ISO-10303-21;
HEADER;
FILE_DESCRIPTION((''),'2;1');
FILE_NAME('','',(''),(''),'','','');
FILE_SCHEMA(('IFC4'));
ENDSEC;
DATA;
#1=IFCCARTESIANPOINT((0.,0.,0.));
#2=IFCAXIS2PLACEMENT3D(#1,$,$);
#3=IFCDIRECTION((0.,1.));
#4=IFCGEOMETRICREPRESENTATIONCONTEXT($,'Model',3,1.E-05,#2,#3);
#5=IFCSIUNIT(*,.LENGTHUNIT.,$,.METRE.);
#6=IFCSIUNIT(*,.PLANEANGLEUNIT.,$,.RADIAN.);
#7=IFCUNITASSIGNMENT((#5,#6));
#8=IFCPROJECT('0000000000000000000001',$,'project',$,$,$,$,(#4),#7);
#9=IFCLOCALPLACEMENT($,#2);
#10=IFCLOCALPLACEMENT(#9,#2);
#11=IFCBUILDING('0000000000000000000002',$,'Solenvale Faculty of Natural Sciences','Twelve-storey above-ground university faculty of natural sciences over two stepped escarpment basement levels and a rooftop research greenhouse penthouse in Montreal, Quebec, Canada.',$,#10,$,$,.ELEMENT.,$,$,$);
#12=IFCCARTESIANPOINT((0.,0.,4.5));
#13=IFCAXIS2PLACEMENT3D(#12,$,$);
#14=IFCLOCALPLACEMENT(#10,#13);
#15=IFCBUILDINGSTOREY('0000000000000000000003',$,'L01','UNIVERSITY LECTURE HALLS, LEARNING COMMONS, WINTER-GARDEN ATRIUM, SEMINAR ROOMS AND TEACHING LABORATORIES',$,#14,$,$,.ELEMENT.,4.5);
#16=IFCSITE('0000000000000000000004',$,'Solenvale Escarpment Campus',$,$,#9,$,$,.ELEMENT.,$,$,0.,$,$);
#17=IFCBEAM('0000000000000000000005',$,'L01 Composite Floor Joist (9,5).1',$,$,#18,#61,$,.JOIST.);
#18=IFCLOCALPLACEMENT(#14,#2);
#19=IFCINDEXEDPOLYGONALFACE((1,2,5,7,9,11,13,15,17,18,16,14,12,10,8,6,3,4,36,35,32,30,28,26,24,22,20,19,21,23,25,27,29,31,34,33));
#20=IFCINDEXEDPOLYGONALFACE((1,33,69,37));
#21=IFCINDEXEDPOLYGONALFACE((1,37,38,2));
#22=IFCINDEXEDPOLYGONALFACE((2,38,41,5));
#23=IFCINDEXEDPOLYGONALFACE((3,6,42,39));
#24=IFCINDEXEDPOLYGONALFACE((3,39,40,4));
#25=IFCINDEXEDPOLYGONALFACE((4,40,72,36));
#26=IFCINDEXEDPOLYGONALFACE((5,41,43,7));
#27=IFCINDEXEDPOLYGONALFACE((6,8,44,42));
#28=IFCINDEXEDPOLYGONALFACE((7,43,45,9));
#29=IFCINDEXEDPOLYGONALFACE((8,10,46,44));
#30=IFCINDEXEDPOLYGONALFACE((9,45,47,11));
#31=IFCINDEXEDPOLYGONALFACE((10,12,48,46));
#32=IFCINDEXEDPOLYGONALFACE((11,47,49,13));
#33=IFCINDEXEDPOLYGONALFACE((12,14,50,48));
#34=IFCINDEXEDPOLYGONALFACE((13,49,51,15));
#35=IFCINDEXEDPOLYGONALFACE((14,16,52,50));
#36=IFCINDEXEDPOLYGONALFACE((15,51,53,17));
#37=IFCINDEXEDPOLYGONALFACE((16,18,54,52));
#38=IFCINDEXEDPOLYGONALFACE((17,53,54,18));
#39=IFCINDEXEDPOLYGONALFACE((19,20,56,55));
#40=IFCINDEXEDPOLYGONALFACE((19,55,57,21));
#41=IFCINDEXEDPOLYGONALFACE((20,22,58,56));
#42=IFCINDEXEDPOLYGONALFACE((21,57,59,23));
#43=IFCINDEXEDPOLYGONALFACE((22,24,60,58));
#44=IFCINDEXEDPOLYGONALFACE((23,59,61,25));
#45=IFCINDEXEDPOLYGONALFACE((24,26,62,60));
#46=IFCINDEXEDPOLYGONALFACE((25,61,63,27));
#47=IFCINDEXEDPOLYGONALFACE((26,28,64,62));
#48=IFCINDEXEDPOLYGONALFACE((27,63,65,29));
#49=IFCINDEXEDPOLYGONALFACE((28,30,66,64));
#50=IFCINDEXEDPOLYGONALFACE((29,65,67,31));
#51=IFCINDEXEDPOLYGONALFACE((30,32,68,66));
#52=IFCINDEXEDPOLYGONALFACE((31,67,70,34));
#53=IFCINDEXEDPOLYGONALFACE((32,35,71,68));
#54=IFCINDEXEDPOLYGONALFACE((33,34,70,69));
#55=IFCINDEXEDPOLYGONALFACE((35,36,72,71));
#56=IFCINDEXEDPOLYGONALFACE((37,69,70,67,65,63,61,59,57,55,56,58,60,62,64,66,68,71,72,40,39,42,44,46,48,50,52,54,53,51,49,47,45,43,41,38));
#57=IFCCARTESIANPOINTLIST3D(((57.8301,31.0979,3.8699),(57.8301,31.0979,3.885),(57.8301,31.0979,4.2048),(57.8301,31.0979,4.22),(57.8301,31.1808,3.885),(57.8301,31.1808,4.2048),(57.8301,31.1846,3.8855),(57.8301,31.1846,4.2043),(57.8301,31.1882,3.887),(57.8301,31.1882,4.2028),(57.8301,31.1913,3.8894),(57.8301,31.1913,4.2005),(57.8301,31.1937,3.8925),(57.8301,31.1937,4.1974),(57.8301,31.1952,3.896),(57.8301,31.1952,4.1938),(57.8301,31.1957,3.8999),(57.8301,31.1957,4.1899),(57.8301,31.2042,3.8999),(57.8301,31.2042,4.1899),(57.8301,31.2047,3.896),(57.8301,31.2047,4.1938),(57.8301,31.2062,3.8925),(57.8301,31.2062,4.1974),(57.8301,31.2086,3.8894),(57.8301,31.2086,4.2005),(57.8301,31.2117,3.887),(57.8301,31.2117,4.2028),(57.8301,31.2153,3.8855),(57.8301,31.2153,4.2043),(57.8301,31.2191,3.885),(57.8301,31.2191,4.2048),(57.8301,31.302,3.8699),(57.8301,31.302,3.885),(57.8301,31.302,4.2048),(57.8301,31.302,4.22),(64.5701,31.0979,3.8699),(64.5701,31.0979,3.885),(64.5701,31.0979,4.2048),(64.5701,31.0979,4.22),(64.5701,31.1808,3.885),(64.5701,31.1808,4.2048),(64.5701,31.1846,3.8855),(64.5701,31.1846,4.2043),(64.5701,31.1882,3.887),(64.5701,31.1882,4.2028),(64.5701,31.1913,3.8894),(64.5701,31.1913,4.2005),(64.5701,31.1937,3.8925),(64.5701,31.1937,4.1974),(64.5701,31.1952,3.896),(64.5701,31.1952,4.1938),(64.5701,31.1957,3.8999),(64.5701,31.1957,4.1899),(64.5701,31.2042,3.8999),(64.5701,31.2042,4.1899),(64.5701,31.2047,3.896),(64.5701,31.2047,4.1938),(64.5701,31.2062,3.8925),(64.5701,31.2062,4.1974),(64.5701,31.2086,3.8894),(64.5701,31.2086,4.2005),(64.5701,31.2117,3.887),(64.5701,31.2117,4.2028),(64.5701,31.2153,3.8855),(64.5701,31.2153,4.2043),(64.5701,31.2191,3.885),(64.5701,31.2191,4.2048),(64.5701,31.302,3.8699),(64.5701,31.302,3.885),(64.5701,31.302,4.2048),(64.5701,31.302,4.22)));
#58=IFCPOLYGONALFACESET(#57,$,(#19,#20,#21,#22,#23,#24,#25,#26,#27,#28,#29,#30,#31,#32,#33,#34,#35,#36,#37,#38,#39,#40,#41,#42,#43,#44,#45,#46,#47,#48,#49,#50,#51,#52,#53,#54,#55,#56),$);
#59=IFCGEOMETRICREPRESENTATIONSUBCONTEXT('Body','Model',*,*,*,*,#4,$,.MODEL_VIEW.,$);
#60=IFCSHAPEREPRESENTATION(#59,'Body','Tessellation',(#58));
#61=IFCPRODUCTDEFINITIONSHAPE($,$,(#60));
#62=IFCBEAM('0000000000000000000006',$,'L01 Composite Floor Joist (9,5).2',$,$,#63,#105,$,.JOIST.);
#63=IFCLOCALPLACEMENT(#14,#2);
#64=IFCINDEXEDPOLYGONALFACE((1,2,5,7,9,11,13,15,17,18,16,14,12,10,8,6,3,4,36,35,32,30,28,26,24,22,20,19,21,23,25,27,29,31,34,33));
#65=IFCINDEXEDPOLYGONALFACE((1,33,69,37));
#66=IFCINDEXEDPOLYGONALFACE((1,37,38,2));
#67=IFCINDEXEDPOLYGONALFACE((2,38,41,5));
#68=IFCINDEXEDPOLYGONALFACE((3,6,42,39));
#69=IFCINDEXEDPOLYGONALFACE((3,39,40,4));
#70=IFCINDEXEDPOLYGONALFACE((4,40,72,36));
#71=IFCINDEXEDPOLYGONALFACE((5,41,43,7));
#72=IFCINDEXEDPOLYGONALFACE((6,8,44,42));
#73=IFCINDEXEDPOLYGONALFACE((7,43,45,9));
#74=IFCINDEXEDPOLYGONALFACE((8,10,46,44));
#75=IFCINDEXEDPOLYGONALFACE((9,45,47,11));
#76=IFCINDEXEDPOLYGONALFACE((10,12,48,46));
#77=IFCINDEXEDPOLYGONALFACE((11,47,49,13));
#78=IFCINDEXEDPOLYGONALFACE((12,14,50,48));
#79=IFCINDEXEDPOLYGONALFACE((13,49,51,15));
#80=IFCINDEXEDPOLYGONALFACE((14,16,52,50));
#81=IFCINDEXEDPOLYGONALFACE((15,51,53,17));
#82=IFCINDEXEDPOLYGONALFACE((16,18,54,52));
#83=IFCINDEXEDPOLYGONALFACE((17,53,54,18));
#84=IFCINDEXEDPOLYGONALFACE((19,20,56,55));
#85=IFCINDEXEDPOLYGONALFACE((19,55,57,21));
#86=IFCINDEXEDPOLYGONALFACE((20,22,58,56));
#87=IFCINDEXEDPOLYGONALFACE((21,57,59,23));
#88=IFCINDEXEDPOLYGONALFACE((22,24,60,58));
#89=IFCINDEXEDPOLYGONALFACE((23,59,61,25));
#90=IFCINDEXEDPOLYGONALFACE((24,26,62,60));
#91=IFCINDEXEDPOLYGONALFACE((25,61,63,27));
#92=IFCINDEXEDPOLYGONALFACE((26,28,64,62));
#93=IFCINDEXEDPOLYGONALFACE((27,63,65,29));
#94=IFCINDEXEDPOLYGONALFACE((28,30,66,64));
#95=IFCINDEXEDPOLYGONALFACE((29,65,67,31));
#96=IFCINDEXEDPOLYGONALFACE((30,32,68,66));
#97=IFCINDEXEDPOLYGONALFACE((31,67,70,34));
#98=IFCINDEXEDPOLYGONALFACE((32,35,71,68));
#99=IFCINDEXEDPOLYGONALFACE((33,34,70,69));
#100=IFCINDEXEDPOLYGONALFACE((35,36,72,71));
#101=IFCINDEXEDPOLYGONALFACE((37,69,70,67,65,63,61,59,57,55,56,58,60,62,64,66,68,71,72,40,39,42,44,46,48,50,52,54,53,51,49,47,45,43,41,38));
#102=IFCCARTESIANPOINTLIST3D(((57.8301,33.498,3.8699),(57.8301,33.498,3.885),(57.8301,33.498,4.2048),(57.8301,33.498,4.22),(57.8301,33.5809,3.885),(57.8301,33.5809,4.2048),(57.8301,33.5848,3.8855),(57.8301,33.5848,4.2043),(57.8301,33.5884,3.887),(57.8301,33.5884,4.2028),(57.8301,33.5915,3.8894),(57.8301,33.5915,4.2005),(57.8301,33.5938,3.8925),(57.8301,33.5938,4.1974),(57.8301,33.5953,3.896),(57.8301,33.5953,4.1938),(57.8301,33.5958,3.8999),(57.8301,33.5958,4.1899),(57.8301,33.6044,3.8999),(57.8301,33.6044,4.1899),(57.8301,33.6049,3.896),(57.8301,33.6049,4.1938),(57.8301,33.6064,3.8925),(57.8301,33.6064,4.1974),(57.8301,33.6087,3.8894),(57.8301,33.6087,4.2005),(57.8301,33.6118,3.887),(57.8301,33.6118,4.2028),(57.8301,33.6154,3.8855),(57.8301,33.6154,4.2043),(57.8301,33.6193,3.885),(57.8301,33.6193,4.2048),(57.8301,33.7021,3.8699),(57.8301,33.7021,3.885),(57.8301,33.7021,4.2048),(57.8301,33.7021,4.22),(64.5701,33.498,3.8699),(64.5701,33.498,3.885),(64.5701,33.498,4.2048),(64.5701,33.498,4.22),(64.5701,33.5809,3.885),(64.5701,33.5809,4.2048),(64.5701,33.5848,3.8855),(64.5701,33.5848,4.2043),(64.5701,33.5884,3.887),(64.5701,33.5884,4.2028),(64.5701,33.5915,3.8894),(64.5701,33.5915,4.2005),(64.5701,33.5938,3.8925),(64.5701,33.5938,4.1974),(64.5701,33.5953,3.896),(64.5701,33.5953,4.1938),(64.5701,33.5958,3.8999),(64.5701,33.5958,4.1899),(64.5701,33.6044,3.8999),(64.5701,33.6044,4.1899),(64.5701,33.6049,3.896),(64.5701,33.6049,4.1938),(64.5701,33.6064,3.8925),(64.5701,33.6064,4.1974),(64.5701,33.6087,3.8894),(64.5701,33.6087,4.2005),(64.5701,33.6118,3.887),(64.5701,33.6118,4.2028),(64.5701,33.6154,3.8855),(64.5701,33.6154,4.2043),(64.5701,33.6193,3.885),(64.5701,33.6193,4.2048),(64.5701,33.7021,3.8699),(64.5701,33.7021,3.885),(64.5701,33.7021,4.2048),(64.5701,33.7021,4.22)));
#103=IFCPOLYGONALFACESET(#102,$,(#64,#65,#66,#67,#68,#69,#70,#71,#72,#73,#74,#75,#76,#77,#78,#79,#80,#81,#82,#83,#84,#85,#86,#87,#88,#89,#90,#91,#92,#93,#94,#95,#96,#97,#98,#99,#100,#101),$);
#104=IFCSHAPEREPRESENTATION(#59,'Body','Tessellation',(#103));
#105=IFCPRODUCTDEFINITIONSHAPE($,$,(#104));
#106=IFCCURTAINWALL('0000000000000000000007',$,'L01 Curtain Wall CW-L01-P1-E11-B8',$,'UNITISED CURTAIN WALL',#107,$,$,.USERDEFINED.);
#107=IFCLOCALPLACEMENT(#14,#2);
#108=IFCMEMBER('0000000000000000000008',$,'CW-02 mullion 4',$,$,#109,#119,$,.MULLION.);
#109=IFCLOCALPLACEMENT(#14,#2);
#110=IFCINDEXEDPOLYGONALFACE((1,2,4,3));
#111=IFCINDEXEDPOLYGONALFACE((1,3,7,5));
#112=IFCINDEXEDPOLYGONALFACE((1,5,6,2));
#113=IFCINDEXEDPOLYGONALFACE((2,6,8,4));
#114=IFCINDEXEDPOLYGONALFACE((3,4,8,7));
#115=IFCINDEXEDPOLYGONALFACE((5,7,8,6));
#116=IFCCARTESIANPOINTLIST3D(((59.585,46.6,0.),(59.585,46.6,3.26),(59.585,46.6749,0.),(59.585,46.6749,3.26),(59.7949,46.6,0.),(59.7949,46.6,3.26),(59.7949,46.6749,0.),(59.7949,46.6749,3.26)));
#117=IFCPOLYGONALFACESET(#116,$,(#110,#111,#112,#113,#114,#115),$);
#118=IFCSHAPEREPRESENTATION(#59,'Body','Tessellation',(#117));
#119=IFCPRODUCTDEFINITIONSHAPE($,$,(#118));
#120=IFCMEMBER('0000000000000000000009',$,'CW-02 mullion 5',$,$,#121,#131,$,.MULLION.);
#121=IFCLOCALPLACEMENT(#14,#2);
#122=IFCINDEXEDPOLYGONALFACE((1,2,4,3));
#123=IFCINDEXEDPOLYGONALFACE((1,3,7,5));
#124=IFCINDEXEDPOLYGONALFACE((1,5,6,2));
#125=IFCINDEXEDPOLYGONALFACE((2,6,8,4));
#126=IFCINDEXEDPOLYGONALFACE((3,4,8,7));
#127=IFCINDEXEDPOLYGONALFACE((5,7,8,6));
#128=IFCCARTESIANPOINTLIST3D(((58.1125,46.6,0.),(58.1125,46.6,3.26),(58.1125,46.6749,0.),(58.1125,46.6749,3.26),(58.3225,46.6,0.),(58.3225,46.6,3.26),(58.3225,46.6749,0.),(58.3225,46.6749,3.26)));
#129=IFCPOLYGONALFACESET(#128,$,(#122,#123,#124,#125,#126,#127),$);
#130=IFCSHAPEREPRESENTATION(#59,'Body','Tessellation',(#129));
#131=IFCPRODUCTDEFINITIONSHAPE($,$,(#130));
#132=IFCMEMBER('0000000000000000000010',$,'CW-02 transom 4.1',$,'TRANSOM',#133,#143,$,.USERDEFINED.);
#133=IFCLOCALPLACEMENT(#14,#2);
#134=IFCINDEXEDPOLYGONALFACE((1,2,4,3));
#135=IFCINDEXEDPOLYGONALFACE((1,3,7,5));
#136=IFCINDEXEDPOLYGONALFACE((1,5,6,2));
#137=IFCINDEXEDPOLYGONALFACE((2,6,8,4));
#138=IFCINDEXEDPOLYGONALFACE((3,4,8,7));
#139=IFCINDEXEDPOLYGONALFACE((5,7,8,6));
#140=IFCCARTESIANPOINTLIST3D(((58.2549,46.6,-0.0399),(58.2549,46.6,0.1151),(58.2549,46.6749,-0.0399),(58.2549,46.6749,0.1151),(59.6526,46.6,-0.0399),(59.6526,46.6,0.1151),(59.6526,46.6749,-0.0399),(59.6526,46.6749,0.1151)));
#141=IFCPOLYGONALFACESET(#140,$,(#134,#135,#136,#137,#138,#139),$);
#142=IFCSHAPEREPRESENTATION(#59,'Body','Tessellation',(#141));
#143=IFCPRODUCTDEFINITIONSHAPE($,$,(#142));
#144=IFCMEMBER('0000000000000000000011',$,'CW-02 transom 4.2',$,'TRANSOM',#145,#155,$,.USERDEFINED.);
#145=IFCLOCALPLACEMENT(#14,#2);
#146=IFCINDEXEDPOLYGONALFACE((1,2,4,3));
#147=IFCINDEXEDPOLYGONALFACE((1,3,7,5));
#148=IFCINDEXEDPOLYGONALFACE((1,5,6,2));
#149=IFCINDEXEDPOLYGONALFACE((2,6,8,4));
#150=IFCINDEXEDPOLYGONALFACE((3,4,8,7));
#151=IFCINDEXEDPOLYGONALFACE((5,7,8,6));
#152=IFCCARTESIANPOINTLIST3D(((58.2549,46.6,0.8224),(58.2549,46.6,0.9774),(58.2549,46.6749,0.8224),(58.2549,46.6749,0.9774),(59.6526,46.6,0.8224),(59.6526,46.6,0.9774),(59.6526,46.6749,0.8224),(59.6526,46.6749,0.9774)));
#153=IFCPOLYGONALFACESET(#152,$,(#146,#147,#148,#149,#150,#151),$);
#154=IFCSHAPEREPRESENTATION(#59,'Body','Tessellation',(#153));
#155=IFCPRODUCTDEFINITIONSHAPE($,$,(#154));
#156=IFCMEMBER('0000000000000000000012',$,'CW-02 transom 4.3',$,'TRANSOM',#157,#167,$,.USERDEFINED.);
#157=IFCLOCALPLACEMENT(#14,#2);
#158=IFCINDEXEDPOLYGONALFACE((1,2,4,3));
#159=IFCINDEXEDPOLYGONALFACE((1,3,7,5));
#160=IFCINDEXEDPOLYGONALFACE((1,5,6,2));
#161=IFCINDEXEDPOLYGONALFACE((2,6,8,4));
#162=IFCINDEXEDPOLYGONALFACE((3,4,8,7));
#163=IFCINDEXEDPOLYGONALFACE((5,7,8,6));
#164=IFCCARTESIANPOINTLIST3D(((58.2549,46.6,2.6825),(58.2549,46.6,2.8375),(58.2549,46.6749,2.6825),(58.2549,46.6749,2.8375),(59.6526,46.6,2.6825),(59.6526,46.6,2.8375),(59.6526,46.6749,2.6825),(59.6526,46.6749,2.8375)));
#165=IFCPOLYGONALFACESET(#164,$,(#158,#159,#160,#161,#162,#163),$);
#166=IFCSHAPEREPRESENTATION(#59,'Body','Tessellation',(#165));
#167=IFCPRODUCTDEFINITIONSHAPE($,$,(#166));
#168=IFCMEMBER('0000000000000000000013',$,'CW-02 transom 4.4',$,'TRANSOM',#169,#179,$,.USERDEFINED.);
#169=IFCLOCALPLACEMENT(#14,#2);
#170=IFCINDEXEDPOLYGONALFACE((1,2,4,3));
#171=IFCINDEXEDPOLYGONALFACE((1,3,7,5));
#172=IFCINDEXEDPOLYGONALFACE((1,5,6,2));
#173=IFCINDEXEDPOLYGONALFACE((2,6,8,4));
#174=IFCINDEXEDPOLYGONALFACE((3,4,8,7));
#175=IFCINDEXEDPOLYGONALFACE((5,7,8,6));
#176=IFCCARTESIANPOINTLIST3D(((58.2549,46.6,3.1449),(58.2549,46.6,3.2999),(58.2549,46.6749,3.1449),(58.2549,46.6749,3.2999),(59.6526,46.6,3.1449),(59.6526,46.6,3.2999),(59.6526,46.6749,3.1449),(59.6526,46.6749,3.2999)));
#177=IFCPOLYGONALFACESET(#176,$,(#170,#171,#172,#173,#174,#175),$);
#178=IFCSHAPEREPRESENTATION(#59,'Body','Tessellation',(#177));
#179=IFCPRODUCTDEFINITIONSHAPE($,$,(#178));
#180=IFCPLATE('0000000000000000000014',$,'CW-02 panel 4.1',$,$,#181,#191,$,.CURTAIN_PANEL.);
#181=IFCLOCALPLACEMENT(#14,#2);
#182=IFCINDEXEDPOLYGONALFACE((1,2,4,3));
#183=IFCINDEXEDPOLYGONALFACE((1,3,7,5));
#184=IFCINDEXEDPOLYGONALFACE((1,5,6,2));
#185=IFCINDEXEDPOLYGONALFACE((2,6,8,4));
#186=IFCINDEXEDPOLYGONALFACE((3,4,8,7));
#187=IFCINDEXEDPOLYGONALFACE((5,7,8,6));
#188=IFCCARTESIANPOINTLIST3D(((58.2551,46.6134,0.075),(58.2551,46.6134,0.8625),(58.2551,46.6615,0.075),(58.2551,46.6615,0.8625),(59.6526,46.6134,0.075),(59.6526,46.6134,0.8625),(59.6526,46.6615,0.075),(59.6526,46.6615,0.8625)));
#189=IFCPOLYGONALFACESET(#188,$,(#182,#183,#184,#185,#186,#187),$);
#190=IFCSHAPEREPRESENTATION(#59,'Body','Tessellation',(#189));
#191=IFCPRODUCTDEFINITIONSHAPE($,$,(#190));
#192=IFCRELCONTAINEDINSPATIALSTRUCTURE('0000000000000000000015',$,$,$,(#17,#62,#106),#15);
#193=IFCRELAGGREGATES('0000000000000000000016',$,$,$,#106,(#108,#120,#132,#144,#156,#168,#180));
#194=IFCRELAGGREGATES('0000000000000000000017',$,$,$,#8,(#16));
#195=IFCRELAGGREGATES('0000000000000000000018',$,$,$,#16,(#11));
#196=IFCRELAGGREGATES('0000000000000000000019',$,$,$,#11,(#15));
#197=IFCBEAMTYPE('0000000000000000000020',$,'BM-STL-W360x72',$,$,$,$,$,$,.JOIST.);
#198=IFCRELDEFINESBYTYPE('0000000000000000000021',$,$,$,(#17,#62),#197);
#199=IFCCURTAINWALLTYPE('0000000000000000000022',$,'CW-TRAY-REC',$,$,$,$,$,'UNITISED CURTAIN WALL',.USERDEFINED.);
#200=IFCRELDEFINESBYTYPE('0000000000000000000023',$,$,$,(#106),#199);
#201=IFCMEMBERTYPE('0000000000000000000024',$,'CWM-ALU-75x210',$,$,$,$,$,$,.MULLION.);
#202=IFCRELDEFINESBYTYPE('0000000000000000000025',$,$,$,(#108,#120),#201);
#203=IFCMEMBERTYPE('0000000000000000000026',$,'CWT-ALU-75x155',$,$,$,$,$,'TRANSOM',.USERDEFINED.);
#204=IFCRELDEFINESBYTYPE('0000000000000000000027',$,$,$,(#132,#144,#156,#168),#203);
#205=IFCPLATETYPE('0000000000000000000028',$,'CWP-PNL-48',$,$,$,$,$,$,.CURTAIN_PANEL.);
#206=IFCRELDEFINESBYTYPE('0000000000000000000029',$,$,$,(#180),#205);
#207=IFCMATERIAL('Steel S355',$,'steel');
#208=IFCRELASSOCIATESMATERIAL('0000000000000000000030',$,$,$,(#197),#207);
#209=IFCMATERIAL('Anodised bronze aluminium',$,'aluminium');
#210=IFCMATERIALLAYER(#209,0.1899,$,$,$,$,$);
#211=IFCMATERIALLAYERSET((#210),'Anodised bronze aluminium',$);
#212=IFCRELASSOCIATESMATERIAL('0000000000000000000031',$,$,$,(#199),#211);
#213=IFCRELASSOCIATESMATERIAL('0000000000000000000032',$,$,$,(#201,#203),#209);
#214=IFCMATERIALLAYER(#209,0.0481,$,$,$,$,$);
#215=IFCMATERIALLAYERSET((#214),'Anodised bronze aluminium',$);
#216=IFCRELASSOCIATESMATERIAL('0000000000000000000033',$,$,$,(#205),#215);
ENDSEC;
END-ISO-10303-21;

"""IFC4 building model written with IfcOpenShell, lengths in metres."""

from ifc_helpers import new_model, si_unit, direction, frame, origin, origin_2d, place, context, subcontext, project, spatial, rectangle, i_section, extrude, material, layer, layer_set, material_profile, profile_set, type_object, element, aggregate, save


model = new_model("IFC4")

# Units and contexts
model_context = context("Model", 3, precision=1e-05, world=origin(), true_north=direction((0.0, 1.0)))
body_context = subcontext(model_context, "Body", "Model", "MODEL_VIEW")
ifc_project = project(units=[si_unit("LENGTHUNIT", "METRE"), si_unit("PLANEANGLEUNIT", "RADIAN")], contexts=[model_context])

# Site, building, storey
site_placement = place(None, origin())
site = spatial("IfcSite", under=ifc_project, at=site_placement, Name="Solenvale Escarpment Campus", CompositionType="ELEMENT", RefElevation=0.0)
building_placement = place(site_placement, origin())
building = spatial("IfcBuilding", under=site, at=building_placement, Name="Solenvale Faculty of Natural Sciences", Description="Twelve-storey above-ground university faculty of natural sciences over two stepped escarpment basement levels and a rooftop research greenhouse penthouse in Montreal, Quebec, Canada.", CompositionType="ELEMENT")
storey_placement = place(building_placement, frame((0.0, 0.0, 4.5)))
storey = spatial("IfcBuildingStorey", under=building, at=storey_placement, Name="L01", Description="UNIVERSITY LECTURE HALLS, LEARNING COMMONS, WINTER-GARDEN ATRIUM, SEMINAR ROOMS AND TEACHING LABORATORIES", CompositionType="ELEMENT", Elevation=4.5)

# Beams
ifc_material_1 = material(Name="Steel S355", Category="steel")
ifc_material_profile_1 = material_profile(ifc_material_1, i_section(OverallWidth=0.2041, OverallDepth=0.3501, WebThickness=0.0085, FlangeThickness=0.0151, FilletRadius=0.0149, at=origin_2d()), Name="W360x72")
ifc_profile_set_1 = profile_set([ifc_material_profile_1], Name="Steel S355")
beam_type_1 = type_object("IfcBeamType", Name="BM-STL-W360x72", PredefinedType="JOIST", material=ifc_profile_set_1)
for number, where, z_axis, x_axis, name in (
    (1, (57.8301, 31.2, 4.0449), (1.0, 0.0, 0.0), (0.0, 1.0, 0.0), "L01 Composite Floor Joist (9,5).1"),
    (2, (57.8301, 33.6001, 4.0449), (1.0, 0.0, 0.0), (0.0, 1.0, 0.0), "L01 Composite Floor Joist (9,5).2"),
):
    element("IfcBeam", number, at=place(storey_placement, frame(where, z_axis=z_axis, x_axis=x_axis)), inside=storey, type_object=beam_type_1, Name=name, PredefinedType="JOIST", context=body_context, shape_type="SweptSolid", body=[
        extrude(i_section(OverallWidth=0.2041, OverallDepth=0.3501, WebThickness=0.0085, FlangeThickness=0.0151, FilletRadius=0.0149, at=origin_2d()), origin(), (0.0, 0.0, 1.0), 6.74),
    ])

# Curtain wall, members, plate
ifc_material_2 = material(Name="Anodised bronze aluminium", Category="aluminium")
ifc_layer_1 = layer(ifc_material_2, 0.1899)
ifc_layer_set_1 = layer_set([ifc_layer_1], Name="Anodised bronze aluminium")
curtain_wall_type = type_object("IfcCurtainWallType", Name="CW-TRAY-REC", ElementType="UNITISED CURTAIN WALL", PredefinedType="USERDEFINED", material=ifc_layer_set_1)
curtain_wall_placement = place(storey_placement, origin())
curtain_wall = element("IfcCurtainWall", 3, at=curtain_wall_placement, inside=storey, type_object=curtain_wall_type, Name="L01 Curtain Wall CW-L01-P1-E11-B8", ObjectType="UNITISED CURTAIN WALL", PredefinedType="USERDEFINED")
ifc_material_profile_2 = material_profile(ifc_material_2, rectangle(XDim=0.075, YDim=0.21, at=origin_2d()), Name="ALU-MUL-75x210")
ifc_profile_set_2 = profile_set([ifc_material_profile_2], Name="Anodised bronze aluminium")
member_type_1 = type_object("IfcMemberType", Name="CWM-ALU-75x210", PredefinedType="MULLION", material=ifc_profile_set_2)
member_1_placement = place(storey_placement, frame((59.6899, 46.6375, 0.0), z_axis=(0.0, 0.0, 1.0), x_axis=(0.0, -1.0, 0.0)))
member_1 = element("IfcMember", 4, at=member_1_placement, type_object=member_type_1, Name="CW-02 mullion 4", PredefinedType="MULLION", context=body_context, shape_type="SweptSolid", body=[
    extrude(rectangle(XDim=0.075, YDim=0.21, at=origin_2d()), origin(), (0.0, 0.0, 1.0), 3.26),
])
member_2_placement = place(storey_placement, frame((58.2175, 46.6375, 0.0), z_axis=(0.0, 0.0, 1.0), x_axis=(0.0, -1.0, 0.0)))
member_2 = element("IfcMember", 5, at=member_2_placement, type_object=member_type_1, Name="CW-02 mullion 5", PredefinedType="MULLION", context=body_context, shape_type="SweptSolid", body=[
    extrude(rectangle(XDim=0.075, YDim=0.21, at=origin_2d()), origin(), (0.0, 0.0, 1.0), 3.26),
])
ifc_material_profile_3 = material_profile(ifc_material_2, rectangle(XDim=0.075, YDim=0.155, at=origin_2d()), Name="ALU-TRN-75x155")
ifc_profile_set_3 = profile_set([ifc_material_profile_3], Name="Anodised bronze aluminium")
member_type_2 = type_object("IfcMemberType", Name="CWT-ALU-75x155", ElementType="TRANSOM", PredefinedType="USERDEFINED", material=ifc_profile_set_3)
member_3_placement = place(storey_placement, frame((59.6526, 46.6375, 0.0376), z_axis=(-1.0, 0.0, 0.0), x_axis=(0.0, -1.0, 0.0)))
member_3 = element("IfcMember", 6, at=member_3_placement, type_object=member_type_2, Name="CW-02 transom 4.1", ObjectType="TRANSOM", PredefinedType="USERDEFINED", context=body_context, shape_type="SweptSolid", body=[
    extrude(rectangle(XDim=0.075, YDim=0.155, at=origin_2d()), origin(), (0.0, 0.0, 1.0), 1.3977),
])
member_4_placement = place(storey_placement, frame((59.6526, 46.6375, 0.8999), z_axis=(-1.0, 0.0, 0.0), x_axis=(0.0, -1.0, 0.0)))
member_4 = element("IfcMember", 7, at=member_4_placement, type_object=member_type_2, Name="CW-02 transom 4.2", ObjectType="TRANSOM", PredefinedType="USERDEFINED", context=body_context, shape_type="SweptSolid", body=[
    extrude(rectangle(XDim=0.075, YDim=0.155, at=origin_2d()), origin(), (0.0, 0.0, 1.0), 1.3977),
])
member_5_placement = place(storey_placement, frame((59.6526, 46.6375, 2.76), z_axis=(-1.0, 0.0, 0.0), x_axis=(0.0, -1.0, 0.0)))
member_5 = element("IfcMember", 8, at=member_5_placement, type_object=member_type_2, Name="CW-02 transom 4.3", ObjectType="TRANSOM", PredefinedType="USERDEFINED", context=body_context, shape_type="SweptSolid", body=[
    extrude(rectangle(XDim=0.075, YDim=0.155, at=origin_2d()), origin(), (0.0, 0.0, 1.0), 1.3977),
])
member_6_placement = place(storey_placement, frame((59.6526, 46.6375, 3.2224), z_axis=(-1.0, 0.0, 0.0), x_axis=(0.0, -1.0, 0.0)))
member_6 = element("IfcMember", 9, at=member_6_placement, type_object=member_type_2, Name="CW-02 transom 4.4", ObjectType="TRANSOM", PredefinedType="USERDEFINED", context=body_context, shape_type="SweptSolid", body=[
    extrude(rectangle(XDim=0.075, YDim=0.155, at=origin_2d()), origin(), (0.0, 0.0, 1.0), 1.3977),
])
ifc_layer_2 = layer(ifc_material_2, 0.0481)
ifc_layer_set_2 = layer_set([ifc_layer_2], Name="Anodised bronze aluminium")
plate_type = type_object("IfcPlateType", Name="CWP-PNL-48", PredefinedType="CURTAIN_PANEL", material=ifc_layer_set_2)
plate_1_placement = place(storey_placement, frame((58.9539, 46.6375, 0.075), z_axis=(0.0, 0.0, 1.0), x_axis=(-1.0, 0.0, 0.0)))
plate_1 = element("IfcPlate", 10, at=plate_1_placement, type_object=plate_type, Name="CW-02 panel 4.1", PredefinedType="CURTAIN_PANEL", context=body_context, shape_type="SweptSolid", body=[
    extrude(rectangle(XDim=1.3975, YDim=0.0481, at=origin_2d()), origin(), (0.0, 0.0, 1.0), 0.7876),
])
aggregate(curtain_wall, [member_1, member_2, member_3, member_4, member_5, member_6, plate_1])

save(model, "model.ifc")
